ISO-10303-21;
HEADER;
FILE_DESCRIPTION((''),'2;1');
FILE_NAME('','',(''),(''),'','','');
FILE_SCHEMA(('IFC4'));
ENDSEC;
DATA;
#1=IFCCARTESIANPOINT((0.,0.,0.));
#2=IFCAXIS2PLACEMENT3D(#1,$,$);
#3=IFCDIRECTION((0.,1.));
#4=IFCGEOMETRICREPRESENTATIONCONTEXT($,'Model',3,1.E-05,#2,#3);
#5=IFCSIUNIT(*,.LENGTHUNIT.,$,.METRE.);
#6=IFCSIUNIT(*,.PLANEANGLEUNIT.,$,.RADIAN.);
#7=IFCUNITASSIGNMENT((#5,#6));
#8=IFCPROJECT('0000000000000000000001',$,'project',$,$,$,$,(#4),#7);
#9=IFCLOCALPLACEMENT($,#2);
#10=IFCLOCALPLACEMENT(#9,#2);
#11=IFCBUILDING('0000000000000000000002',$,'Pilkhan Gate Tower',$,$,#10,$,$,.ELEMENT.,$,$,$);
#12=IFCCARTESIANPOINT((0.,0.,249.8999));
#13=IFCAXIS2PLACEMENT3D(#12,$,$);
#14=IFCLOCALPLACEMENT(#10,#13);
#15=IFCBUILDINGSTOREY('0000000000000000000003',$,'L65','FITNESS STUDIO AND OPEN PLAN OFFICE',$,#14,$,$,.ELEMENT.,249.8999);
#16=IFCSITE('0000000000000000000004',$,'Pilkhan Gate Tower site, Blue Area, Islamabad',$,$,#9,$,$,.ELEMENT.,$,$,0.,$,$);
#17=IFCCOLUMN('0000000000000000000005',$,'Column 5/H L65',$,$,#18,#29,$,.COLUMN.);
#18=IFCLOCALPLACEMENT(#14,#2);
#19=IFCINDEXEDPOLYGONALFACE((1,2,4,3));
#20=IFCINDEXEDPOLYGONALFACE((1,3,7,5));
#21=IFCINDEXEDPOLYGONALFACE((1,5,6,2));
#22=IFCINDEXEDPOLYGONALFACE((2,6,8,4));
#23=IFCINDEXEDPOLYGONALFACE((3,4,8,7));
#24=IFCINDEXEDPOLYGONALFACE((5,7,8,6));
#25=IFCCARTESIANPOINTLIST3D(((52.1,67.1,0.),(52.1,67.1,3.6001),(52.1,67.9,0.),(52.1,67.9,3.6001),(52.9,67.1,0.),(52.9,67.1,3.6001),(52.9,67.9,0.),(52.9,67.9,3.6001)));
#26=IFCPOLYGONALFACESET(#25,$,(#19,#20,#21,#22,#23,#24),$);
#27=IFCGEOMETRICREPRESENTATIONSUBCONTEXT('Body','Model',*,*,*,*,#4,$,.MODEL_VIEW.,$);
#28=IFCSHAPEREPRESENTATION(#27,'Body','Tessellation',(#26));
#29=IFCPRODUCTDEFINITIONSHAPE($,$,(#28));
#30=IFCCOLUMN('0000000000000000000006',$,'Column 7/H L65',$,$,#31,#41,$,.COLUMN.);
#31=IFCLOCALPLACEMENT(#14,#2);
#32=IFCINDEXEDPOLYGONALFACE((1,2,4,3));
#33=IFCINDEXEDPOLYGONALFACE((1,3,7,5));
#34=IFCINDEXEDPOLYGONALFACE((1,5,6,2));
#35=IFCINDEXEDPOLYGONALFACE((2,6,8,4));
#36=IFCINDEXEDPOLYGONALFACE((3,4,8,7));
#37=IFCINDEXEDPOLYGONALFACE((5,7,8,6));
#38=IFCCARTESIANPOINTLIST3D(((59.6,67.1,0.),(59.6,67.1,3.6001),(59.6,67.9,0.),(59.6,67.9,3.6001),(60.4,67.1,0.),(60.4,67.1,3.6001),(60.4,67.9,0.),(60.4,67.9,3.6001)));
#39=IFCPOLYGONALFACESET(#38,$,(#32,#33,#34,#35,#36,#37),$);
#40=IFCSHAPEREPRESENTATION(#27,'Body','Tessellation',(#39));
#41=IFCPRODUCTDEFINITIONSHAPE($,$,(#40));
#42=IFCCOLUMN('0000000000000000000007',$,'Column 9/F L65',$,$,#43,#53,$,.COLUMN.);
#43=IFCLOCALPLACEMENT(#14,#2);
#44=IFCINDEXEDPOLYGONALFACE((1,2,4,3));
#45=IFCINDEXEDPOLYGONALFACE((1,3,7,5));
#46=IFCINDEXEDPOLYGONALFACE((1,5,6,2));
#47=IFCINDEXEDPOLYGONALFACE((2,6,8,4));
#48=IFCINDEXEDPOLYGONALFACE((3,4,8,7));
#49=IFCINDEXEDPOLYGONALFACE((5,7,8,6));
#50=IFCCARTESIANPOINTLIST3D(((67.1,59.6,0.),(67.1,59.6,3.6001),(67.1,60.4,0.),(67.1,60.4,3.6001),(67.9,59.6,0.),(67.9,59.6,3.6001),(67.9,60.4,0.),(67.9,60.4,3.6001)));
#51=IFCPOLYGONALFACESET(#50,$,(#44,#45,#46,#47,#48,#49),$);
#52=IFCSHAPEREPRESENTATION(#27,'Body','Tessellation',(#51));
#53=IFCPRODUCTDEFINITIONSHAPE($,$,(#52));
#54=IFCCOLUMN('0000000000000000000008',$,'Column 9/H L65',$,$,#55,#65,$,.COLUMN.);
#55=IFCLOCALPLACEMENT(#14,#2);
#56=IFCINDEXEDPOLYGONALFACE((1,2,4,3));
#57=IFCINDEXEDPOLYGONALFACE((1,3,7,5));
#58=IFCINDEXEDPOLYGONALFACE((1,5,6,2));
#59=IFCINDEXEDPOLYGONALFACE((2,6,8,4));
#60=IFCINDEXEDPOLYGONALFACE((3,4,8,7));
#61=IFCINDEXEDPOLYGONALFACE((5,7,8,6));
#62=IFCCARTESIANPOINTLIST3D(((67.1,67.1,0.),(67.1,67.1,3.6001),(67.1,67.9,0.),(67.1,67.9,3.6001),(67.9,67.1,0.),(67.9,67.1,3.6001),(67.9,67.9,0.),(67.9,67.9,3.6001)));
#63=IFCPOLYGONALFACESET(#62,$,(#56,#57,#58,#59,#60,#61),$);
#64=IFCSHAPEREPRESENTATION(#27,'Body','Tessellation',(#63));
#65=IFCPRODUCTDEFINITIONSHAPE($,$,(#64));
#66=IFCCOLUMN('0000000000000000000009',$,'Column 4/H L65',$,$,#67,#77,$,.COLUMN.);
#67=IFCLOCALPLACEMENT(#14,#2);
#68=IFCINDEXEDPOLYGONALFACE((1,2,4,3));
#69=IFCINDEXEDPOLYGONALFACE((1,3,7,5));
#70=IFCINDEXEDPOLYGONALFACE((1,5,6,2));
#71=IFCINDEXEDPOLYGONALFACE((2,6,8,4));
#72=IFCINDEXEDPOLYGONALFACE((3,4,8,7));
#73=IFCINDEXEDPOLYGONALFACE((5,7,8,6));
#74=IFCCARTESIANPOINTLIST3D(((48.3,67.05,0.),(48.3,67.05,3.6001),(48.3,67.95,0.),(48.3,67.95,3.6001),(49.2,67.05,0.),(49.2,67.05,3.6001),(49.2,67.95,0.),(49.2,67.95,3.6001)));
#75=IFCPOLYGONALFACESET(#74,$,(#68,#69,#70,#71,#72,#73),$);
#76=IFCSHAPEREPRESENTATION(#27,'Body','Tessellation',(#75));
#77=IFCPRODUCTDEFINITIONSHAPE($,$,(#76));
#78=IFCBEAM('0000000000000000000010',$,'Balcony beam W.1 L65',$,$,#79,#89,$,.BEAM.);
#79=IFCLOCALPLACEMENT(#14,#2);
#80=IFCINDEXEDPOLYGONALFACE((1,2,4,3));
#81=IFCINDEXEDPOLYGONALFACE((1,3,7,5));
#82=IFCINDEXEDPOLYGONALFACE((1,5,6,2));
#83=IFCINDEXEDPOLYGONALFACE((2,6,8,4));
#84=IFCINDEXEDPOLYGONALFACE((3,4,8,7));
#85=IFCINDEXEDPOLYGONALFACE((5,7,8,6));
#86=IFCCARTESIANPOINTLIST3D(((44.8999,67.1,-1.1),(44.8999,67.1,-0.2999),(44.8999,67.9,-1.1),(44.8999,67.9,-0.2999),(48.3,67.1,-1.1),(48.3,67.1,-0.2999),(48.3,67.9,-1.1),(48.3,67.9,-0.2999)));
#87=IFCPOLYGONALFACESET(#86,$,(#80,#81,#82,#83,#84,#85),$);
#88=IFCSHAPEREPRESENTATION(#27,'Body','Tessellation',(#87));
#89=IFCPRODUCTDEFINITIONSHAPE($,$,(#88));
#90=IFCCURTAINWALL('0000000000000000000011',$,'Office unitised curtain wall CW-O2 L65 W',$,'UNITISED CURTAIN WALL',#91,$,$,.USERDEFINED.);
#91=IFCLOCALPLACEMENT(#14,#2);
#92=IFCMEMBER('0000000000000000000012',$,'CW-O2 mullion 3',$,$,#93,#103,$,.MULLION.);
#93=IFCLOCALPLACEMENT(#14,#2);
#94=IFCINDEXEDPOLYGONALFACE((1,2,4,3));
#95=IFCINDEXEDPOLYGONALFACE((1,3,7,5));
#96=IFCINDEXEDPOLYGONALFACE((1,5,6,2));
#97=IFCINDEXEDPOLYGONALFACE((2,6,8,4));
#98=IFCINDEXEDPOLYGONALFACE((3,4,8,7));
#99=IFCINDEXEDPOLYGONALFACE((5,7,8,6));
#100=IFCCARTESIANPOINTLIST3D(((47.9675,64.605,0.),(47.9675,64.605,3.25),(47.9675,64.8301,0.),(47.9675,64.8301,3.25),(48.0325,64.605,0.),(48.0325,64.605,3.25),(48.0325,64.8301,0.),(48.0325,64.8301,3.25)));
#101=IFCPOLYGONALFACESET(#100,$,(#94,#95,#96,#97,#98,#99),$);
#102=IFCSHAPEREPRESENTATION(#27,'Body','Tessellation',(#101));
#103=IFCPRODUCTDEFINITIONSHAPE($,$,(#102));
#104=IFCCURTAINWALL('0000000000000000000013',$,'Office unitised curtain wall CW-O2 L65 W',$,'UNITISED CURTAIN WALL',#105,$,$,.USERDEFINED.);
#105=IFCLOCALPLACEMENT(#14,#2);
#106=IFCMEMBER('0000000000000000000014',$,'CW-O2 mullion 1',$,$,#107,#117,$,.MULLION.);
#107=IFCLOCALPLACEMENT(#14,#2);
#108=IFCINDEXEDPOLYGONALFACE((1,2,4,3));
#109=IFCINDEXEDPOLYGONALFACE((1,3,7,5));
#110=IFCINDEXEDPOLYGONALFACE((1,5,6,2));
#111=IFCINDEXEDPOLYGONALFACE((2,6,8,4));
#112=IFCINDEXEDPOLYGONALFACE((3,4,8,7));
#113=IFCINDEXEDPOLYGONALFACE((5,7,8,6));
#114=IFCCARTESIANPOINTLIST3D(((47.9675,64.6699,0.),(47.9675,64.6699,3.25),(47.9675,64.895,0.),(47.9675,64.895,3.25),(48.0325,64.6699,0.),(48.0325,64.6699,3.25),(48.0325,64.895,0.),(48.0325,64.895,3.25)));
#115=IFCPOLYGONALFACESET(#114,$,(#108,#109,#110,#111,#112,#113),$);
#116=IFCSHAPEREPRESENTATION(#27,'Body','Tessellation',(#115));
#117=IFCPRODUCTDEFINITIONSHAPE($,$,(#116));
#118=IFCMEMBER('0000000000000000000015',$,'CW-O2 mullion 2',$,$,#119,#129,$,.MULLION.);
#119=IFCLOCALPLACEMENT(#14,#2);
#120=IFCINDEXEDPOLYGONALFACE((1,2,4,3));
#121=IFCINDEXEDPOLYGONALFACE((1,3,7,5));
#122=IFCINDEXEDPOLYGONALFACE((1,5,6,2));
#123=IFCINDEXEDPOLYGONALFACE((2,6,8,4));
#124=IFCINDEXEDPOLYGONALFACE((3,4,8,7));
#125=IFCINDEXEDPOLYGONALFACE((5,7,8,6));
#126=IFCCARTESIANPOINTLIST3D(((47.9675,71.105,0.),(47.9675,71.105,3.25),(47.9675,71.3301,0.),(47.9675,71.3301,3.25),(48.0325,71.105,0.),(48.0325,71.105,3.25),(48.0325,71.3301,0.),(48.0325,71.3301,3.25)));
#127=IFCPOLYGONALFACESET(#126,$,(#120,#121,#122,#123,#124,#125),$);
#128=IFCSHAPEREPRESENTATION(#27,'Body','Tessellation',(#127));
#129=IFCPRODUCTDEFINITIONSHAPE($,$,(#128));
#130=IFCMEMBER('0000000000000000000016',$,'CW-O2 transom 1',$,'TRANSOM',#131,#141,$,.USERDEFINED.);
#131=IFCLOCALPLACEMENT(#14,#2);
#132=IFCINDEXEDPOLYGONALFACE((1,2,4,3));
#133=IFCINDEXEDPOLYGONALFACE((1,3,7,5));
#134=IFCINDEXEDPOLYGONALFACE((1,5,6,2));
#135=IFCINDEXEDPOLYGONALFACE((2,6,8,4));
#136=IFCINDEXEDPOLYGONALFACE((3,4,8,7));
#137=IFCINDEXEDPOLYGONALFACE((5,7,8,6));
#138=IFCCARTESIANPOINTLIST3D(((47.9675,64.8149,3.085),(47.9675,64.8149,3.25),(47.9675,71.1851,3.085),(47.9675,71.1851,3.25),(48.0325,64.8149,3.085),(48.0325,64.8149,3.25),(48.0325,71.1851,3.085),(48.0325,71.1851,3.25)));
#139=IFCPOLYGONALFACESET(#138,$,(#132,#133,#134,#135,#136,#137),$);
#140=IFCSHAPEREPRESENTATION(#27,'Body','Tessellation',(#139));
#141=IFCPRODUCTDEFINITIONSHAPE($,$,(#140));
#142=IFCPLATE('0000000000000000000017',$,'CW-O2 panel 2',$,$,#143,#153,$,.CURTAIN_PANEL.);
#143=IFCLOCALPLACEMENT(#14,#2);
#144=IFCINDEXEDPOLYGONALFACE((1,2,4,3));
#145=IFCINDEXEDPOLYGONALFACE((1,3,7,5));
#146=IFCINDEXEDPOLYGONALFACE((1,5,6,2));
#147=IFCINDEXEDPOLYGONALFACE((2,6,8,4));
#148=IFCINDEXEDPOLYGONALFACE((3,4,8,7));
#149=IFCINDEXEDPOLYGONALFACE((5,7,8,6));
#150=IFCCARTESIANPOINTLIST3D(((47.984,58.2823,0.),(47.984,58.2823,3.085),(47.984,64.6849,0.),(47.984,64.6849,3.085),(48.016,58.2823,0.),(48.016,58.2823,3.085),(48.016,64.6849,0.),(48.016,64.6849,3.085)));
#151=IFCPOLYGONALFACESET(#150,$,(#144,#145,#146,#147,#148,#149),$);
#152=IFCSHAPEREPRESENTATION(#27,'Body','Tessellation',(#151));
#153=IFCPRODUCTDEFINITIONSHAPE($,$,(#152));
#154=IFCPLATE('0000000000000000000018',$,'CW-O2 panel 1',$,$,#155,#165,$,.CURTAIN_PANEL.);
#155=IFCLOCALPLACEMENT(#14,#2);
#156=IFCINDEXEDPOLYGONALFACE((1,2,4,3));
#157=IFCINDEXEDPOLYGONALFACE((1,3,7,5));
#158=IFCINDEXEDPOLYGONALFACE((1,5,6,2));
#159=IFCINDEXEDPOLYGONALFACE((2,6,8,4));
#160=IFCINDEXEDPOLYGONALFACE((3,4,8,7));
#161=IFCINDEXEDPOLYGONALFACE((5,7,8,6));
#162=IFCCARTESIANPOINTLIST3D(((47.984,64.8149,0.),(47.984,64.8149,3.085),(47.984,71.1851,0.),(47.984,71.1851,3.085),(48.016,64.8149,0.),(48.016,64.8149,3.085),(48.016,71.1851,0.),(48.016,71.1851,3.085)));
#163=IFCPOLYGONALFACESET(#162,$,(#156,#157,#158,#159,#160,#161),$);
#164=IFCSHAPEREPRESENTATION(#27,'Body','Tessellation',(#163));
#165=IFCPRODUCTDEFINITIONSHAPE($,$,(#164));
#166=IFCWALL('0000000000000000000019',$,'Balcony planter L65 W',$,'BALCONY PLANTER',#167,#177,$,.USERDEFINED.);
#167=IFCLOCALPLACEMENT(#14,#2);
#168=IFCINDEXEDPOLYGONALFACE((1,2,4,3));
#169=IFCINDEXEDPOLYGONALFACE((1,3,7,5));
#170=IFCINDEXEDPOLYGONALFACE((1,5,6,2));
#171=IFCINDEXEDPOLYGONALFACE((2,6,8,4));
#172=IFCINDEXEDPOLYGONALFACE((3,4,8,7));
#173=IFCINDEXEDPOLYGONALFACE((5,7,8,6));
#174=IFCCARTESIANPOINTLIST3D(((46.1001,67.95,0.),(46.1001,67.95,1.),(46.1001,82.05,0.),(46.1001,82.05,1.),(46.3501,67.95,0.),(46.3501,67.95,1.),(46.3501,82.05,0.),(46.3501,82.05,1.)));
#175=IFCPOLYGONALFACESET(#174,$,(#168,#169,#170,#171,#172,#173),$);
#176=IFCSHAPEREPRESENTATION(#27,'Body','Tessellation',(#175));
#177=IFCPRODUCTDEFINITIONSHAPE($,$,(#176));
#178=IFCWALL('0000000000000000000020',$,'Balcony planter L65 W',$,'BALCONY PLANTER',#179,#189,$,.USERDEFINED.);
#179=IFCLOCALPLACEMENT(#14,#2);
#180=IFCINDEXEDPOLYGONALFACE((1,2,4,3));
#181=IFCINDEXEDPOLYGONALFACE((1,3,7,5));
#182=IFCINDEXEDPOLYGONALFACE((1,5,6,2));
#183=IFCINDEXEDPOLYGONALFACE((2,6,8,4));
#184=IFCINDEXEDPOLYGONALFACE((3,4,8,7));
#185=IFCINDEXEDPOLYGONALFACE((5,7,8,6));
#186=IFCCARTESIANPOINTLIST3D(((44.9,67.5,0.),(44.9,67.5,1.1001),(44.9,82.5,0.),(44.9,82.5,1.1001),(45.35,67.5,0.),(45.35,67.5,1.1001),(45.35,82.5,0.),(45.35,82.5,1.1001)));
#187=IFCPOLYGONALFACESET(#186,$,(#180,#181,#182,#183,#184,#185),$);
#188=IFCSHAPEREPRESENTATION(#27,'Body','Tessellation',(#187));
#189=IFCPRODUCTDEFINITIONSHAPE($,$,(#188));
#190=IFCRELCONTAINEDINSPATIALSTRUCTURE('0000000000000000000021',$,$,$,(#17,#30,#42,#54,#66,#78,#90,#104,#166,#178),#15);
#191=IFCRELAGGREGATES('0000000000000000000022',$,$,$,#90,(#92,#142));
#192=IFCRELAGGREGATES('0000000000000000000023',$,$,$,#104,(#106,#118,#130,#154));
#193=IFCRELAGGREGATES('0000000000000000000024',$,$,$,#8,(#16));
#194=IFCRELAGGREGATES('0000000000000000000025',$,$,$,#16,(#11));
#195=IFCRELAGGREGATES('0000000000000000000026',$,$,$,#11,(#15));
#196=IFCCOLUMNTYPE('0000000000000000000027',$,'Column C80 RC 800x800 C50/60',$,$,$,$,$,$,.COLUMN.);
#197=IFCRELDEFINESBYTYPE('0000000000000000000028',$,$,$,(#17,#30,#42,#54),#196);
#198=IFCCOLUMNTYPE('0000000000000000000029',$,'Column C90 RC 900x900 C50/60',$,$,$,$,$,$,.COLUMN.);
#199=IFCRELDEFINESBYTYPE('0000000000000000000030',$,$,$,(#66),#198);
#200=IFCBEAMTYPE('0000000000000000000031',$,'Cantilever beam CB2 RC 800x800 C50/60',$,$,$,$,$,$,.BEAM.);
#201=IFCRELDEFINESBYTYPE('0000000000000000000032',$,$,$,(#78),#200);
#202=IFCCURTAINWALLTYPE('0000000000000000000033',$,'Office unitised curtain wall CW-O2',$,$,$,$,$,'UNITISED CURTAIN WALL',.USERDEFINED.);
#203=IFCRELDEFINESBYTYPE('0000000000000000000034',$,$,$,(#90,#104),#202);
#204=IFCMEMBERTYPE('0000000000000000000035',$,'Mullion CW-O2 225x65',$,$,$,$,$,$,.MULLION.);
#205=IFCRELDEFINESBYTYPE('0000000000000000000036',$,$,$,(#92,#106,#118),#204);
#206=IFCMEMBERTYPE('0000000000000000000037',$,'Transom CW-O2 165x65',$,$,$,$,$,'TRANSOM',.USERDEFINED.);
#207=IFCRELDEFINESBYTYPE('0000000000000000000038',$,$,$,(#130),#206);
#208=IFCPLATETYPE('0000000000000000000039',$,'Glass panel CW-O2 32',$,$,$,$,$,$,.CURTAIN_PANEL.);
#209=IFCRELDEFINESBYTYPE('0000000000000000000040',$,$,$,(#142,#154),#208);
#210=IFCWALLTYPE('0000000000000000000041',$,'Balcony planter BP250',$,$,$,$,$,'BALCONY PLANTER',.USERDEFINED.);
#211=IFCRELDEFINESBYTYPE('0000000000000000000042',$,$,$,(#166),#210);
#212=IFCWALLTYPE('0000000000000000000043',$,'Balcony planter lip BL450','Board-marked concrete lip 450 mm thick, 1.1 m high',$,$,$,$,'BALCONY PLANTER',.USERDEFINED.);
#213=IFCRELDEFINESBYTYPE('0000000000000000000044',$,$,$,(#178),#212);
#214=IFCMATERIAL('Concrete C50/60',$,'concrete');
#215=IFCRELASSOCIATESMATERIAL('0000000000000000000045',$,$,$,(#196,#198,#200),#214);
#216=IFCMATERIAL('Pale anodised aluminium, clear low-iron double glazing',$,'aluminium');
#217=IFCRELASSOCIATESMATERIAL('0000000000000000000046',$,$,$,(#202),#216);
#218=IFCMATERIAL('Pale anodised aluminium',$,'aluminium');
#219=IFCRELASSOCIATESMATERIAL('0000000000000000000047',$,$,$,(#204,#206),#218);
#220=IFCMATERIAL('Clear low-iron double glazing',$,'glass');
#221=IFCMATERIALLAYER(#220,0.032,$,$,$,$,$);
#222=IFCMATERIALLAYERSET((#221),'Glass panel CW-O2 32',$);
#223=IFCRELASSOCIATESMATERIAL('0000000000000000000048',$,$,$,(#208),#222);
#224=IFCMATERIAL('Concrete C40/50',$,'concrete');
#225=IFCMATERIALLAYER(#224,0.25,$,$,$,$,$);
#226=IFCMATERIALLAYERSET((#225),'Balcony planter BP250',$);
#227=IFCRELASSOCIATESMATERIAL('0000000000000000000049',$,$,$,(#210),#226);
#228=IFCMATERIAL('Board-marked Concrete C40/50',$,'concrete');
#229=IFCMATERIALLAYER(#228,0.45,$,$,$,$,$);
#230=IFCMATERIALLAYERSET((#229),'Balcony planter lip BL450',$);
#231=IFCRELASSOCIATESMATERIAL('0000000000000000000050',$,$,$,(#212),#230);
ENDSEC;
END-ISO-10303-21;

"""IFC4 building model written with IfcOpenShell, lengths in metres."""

from ifc_helpers import new_model, si_unit, direction, frame, frame_2d, origin, origin_2d, place, context, subcontext, project, spatial, rectangle, extrude, material, layer, layer_set, material_profile, profile_set, type_object, element, aggregate, save


model = new_model("IFC4")

# Units and contexts
model_context = context("Model", 3, precision=1e-05, world=origin(), true_north=direction((0.0, 1.0)))
body_context = subcontext(model_context, "Body", "Model", "MODEL_VIEW")
ifc_project = project(units=[si_unit("LENGTHUNIT", "METRE"), si_unit("PLANEANGLEUNIT", "RADIAN")], contexts=[model_context])

# Site, building, storey
site_placement = place(None, origin())
site = spatial("IfcSite", under=ifc_project, at=site_placement, Name="Pilkhan Gate Tower site, Blue Area, Islamabad", CompositionType="ELEMENT", RefElevation=0.0)
building_placement = place(site_placement, origin())
building = spatial("IfcBuilding", under=site, at=building_placement, Name="Pilkhan Gate Tower", CompositionType="ELEMENT")
storey_placement = place(building_placement, frame((0.0, 0.0, 249.8999)))
storey = spatial("IfcBuildingStorey", under=building, at=storey_placement, Name="L65", Description="FITNESS STUDIO AND OPEN PLAN OFFICE", CompositionType="ELEMENT", Elevation=249.8999)

# Columns
ifc_material_1 = material(Name="Concrete C50/60", Category="concrete")
ifc_material_profile_1 = material_profile(ifc_material_1, rectangle(XDim=0.8, YDim=0.8, at=origin_2d()), Name="RC 800x800")
ifc_profile_set_1 = profile_set([ifc_material_profile_1], Name="Concrete C50/60")
column_type_1 = type_object("IfcColumnType", Name="Column C80 RC 800x800 C50/60", PredefinedType="COLUMN", material=ifc_profile_set_1)
for number, where, z_axis, x_axis, name in (
    (1, (52.5, 67.5, 0.0), (0.0, 0.0, 1.0), (1.0, 0.0, 0.0), "Column 5/H L65"),
    (2, (60.0, 67.5, 0.0), (0.0, 0.0, 1.0), (1.0, 0.0, 0.0), "Column 7/H L65"),
    (3, (67.5, 60.0, 0.0), (0.0, 0.0, 1.0), (1.0, 0.0, 0.0), "Column 9/F L65"),
    (4, (67.5, 67.5, 0.0), (0.0, 0.0, 1.0), (1.0, 0.0, 0.0), "Column 9/H L65"),
):
    element("IfcColumn", number, at=place(storey_placement, frame(where, z_axis=z_axis, x_axis=x_axis)), inside=storey, type_object=column_type_1, Name=name, PredefinedType="COLUMN", context=body_context, shape_type="SweptSolid", body=[
        extrude(rectangle(XDim=0.8, YDim=0.8, at=origin_2d()), origin(), (0.0, 0.0, 1.0), 3.6001),
    ])
ifc_material_profile_2 = material_profile(ifc_material_1, rectangle(XDim=0.8999, YDim=0.8999, at=origin_2d()), Name="RC 900x900")
ifc_profile_set_2 = profile_set([ifc_material_profile_2], Name="Concrete C50/60")
column_type_2 = type_object("IfcColumnType", Name="Column C90 RC 900x900 C50/60", PredefinedType="COLUMN", material=ifc_profile_set_2)
column_placement = place(storey_placement, frame((48.75, 67.5, 0.0), z_axis=(0.0, 0.0, 1.0), x_axis=(1.0, 0.0, 0.0)))
element("IfcColumn", 5, at=column_placement, inside=storey, type_object=column_type_2, Name="Column 4/H L65", PredefinedType="COLUMN", context=body_context, shape_type="SweptSolid", body=[
    extrude(rectangle(XDim=0.8999, YDim=0.8999, at=origin_2d()), origin(), (0.0, 0.0, 1.0), 3.6001),
])

# Beam
ifc_material_profile_3 = material_profile(ifc_material_1, rectangle(XDim=0.8, YDim=0.8, at=origin_2d()), Name="RC 800x800")
ifc_profile_set_3 = profile_set([ifc_material_profile_3], Name="Concrete C50/60")
beam_type = type_object("IfcBeamType", Name="Cantilever beam CB2 RC 800x800 C50/60", PredefinedType="BEAM", material=ifc_profile_set_3)
beam_placement = place(storey_placement, frame((48.3, 67.5, -0.7), z_axis=(-1.0, 0.0, 0.0), x_axis=(0.0, -1.0, 0.0)))
element("IfcBeam", 6, at=beam_placement, inside=storey, type_object=beam_type, Name="Balcony beam W.1 L65", PredefinedType="BEAM", context=body_context, shape_type="SweptSolid", body=[
    extrude(rectangle(XDim=0.8, YDim=0.8, at=origin_2d()), origin(), (0.0, 0.0, 1.0), 3.4001),
])

# Curtain wall, member
ifc_material_2 = material(Name="Pale anodised aluminium, clear low-iron double glazing", Category="aluminium")
curtain_wall_type = type_object("IfcCurtainWallType", Name="Office unitised curtain wall CW-O2", ElementType="UNITISED CURTAIN WALL", PredefinedType="USERDEFINED", material=ifc_material_2)
curtain_wall_1_placement = place(storey_placement, origin())
curtain_wall_1 = element("IfcCurtainWall", 7, at=curtain_wall_1_placement, inside=storey, type_object=curtain_wall_type, Name="Office unitised curtain wall CW-O2 L65 W", ObjectType="UNITISED CURTAIN WALL", PredefinedType="USERDEFINED")
ifc_material_3 = material(Name="Pale anodised aluminium", Category="aluminium")
ifc_material_profile_4 = material_profile(ifc_material_3, rectangle(XDim=0.0649, YDim=0.2251, at=origin_2d()), Name="Mullion 225x65")
ifc_profile_set_4 = profile_set([ifc_material_profile_4], Name="Pale anodised aluminium")
member_type_1 = type_object("IfcMemberType", Name="Mullion CW-O2 225x65", PredefinedType="MULLION", material=ifc_profile_set_4)
member_1_placement = place(storey_placement, frame((48.0, 64.7175, 0.0), z_axis=(0.0, 0.0, 1.0), x_axis=(-1.0, 0.0, 0.0)))
member_1 = element("IfcMember", 8, at=member_1_placement, type_object=member_type_1, Name="CW-O2 mullion 3", PredefinedType="MULLION", context=body_context, shape_type="SweptSolid", body=[
    extrude(rectangle(XDim=0.0649, YDim=0.2251, at=origin_2d()), origin(), (0.0, 0.0, 1.0), 3.25),
])

# Curtain wall, members
curtain_wall_2_placement = place(storey_placement, origin())
curtain_wall_2 = element("IfcCurtainWall", 9, at=curtain_wall_2_placement, inside=storey, type_object=curtain_wall_type, Name="Office unitised curtain wall CW-O2 L65 W", ObjectType="UNITISED CURTAIN WALL", PredefinedType="USERDEFINED")
member_2_placement = place(storey_placement, frame((48.0, 64.7825, 0.0), z_axis=(0.0, 0.0, 1.0), x_axis=(-1.0, 0.0, 0.0)))
member_2 = element("IfcMember", 10, at=member_2_placement, type_object=member_type_1, Name="CW-O2 mullion 1", PredefinedType="MULLION", context=body_context, shape_type="SweptSolid", body=[
    extrude(rectangle(XDim=0.0649, YDim=0.2251, at=origin_2d()), origin(), (0.0, 0.0, 1.0), 3.25),
])
member_3_placement = place(storey_placement, frame((48.0, 71.2175, 0.0), z_axis=(0.0, 0.0, 1.0), x_axis=(-1.0, 0.0, 0.0)))
member_3 = element("IfcMember", 11, at=member_3_placement, type_object=member_type_1, Name="CW-O2 mullion 2", PredefinedType="MULLION", context=body_context, shape_type="SweptSolid", body=[
    extrude(rectangle(XDim=0.0649, YDim=0.2251, at=origin_2d()), origin(), (0.0, 0.0, 1.0), 3.25),
])
ifc_material_profile_5 = material_profile(ifc_material_3, rectangle(XDim=0.0649, YDim=0.165, at=origin_2d()), Name="Transom 165x65")
ifc_profile_set_5 = profile_set([ifc_material_profile_5], Name="Pale anodised aluminium")
member_type_2 = type_object("IfcMemberType", Name="Transom CW-O2 165x65", ElementType="TRANSOM", PredefinedType="USERDEFINED", material=ifc_profile_set_5)
member_4_placement = place(storey_placement, frame((48.0, 64.8149, 3.1675), z_axis=(0.0, 1.0, 0.0), x_axis=(-1.0, 0.0, 0.0)))
member_4 = element("IfcMember", 12, at=member_4_placement, type_object=member_type_2, Name="CW-O2 transom 1", ObjectType="TRANSOM", PredefinedType="USERDEFINED", context=body_context, shape_type="SweptSolid", body=[
    extrude(rectangle(XDim=0.0649, YDim=0.165, at=origin_2d()), origin(), (0.0, 0.0, 1.0), 6.3701),
])

# Plates
ifc_material_4 = material(Name="Clear low-iron double glazing", Category="glass")
ifc_layer_1 = layer(ifc_material_4, 0.032)
ifc_layer_set_1 = layer_set([ifc_layer_1], Name="Glass panel CW-O2 32")
plate_type = type_object("IfcPlateType", Name="Glass panel CW-O2 32", PredefinedType="CURTAIN_PANEL", material=ifc_layer_set_1)
plate_1_placement = place(storey_placement, frame((48.0, 61.4836, 0.0), z_axis=(0.0, 0.0, 1.0), x_axis=(0.0, 1.0, 0.0)))
plate_1 = element("IfcPlate", 13, at=plate_1_placement, type_object=plate_type, Name="CW-O2 panel 2", PredefinedType="CURTAIN_PANEL", context=body_context, shape_type="SweptSolid", body=[
    extrude(rectangle(XDim=6.4026, YDim=0.032, at=origin_2d()), origin(), (0.0, 0.0, 1.0), 3.085),
])
aggregate(curtain_wall_1, [member_1, plate_1])
plate_2_placement = place(storey_placement, frame((48.0, 68.0, 0.0), z_axis=(0.0, 0.0, 1.0), x_axis=(0.0, 1.0, 0.0)))
plate_2 = element("IfcPlate", 14, at=plate_2_placement, type_object=plate_type, Name="CW-O2 panel 1", PredefinedType="CURTAIN_PANEL", context=body_context, shape_type="SweptSolid", body=[
    extrude(rectangle(XDim=6.3701, YDim=0.032, at=origin_2d()), origin(), (0.0, 0.0, 1.0), 3.085),
])
aggregate(curtain_wall_2, [member_2, member_3, member_4, plate_2])

# Walls
ifc_material_5 = material(Name="Concrete C40/50", Category="concrete")
ifc_layer_2 = layer(ifc_material_5, 0.25)
ifc_layer_set_2 = layer_set([ifc_layer_2], Name="Balcony planter BP250")
wall_type_1 = type_object("IfcWallType", Name="Balcony planter BP250", ElementType="BALCONY PLANTER", PredefinedType="USERDEFINED", material=ifc_layer_set_2)
wall_1_placement = place(storey_placement, frame((46.2251, 67.95, 0.0), z_axis=(0.0, 0.0, 1.0), x_axis=(0.0, 1.0, 0.0)))
element("IfcWall", 15, at=wall_1_placement, inside=storey, type_object=wall_type_1, Name="Balcony planter L65 W", ObjectType="BALCONY PLANTER", PredefinedType="USERDEFINED", context=body_context, shape_type="SweptSolid", body=[
    extrude(rectangle(XDim=14.1001, YDim=0.25, at=frame_2d((7.05, 0.0))), origin(), (0.0, 0.0, 1.0), 1.0),
])
ifc_material_6 = material(Name="Board-marked Concrete C40/50", Category="concrete")
ifc_layer_3 = layer(ifc_material_6, 0.45)
ifc_layer_set_3 = layer_set([ifc_layer_3], Name="Balcony planter lip BL450")
wall_type_2 = type_object("IfcWallType", Name="Balcony planter lip BL450", Description="Board-marked concrete lip 450 mm thick, 1.1 m high", ElementType="BALCONY PLANTER", PredefinedType="USERDEFINED", material=ifc_layer_set_3)
wall_2_placement = place(storey_placement, frame((45.125, 67.5, 0.0), z_axis=(0.0, 0.0, 1.0), x_axis=(0.0, 1.0, 0.0)))
element("IfcWall", 16, at=wall_2_placement, inside=storey, type_object=wall_type_2, Name="Balcony planter L65 W", ObjectType="BALCONY PLANTER", PredefinedType="USERDEFINED", context=body_context, shape_type="SweptSolid", body=[
    extrude(rectangle(XDim=15.0, YDim=0.45, at=frame_2d((7.5, 0.0))), origin(), (0.0, 0.0, 1.0), 1.1001),
])

save(model, "model.ifc")
